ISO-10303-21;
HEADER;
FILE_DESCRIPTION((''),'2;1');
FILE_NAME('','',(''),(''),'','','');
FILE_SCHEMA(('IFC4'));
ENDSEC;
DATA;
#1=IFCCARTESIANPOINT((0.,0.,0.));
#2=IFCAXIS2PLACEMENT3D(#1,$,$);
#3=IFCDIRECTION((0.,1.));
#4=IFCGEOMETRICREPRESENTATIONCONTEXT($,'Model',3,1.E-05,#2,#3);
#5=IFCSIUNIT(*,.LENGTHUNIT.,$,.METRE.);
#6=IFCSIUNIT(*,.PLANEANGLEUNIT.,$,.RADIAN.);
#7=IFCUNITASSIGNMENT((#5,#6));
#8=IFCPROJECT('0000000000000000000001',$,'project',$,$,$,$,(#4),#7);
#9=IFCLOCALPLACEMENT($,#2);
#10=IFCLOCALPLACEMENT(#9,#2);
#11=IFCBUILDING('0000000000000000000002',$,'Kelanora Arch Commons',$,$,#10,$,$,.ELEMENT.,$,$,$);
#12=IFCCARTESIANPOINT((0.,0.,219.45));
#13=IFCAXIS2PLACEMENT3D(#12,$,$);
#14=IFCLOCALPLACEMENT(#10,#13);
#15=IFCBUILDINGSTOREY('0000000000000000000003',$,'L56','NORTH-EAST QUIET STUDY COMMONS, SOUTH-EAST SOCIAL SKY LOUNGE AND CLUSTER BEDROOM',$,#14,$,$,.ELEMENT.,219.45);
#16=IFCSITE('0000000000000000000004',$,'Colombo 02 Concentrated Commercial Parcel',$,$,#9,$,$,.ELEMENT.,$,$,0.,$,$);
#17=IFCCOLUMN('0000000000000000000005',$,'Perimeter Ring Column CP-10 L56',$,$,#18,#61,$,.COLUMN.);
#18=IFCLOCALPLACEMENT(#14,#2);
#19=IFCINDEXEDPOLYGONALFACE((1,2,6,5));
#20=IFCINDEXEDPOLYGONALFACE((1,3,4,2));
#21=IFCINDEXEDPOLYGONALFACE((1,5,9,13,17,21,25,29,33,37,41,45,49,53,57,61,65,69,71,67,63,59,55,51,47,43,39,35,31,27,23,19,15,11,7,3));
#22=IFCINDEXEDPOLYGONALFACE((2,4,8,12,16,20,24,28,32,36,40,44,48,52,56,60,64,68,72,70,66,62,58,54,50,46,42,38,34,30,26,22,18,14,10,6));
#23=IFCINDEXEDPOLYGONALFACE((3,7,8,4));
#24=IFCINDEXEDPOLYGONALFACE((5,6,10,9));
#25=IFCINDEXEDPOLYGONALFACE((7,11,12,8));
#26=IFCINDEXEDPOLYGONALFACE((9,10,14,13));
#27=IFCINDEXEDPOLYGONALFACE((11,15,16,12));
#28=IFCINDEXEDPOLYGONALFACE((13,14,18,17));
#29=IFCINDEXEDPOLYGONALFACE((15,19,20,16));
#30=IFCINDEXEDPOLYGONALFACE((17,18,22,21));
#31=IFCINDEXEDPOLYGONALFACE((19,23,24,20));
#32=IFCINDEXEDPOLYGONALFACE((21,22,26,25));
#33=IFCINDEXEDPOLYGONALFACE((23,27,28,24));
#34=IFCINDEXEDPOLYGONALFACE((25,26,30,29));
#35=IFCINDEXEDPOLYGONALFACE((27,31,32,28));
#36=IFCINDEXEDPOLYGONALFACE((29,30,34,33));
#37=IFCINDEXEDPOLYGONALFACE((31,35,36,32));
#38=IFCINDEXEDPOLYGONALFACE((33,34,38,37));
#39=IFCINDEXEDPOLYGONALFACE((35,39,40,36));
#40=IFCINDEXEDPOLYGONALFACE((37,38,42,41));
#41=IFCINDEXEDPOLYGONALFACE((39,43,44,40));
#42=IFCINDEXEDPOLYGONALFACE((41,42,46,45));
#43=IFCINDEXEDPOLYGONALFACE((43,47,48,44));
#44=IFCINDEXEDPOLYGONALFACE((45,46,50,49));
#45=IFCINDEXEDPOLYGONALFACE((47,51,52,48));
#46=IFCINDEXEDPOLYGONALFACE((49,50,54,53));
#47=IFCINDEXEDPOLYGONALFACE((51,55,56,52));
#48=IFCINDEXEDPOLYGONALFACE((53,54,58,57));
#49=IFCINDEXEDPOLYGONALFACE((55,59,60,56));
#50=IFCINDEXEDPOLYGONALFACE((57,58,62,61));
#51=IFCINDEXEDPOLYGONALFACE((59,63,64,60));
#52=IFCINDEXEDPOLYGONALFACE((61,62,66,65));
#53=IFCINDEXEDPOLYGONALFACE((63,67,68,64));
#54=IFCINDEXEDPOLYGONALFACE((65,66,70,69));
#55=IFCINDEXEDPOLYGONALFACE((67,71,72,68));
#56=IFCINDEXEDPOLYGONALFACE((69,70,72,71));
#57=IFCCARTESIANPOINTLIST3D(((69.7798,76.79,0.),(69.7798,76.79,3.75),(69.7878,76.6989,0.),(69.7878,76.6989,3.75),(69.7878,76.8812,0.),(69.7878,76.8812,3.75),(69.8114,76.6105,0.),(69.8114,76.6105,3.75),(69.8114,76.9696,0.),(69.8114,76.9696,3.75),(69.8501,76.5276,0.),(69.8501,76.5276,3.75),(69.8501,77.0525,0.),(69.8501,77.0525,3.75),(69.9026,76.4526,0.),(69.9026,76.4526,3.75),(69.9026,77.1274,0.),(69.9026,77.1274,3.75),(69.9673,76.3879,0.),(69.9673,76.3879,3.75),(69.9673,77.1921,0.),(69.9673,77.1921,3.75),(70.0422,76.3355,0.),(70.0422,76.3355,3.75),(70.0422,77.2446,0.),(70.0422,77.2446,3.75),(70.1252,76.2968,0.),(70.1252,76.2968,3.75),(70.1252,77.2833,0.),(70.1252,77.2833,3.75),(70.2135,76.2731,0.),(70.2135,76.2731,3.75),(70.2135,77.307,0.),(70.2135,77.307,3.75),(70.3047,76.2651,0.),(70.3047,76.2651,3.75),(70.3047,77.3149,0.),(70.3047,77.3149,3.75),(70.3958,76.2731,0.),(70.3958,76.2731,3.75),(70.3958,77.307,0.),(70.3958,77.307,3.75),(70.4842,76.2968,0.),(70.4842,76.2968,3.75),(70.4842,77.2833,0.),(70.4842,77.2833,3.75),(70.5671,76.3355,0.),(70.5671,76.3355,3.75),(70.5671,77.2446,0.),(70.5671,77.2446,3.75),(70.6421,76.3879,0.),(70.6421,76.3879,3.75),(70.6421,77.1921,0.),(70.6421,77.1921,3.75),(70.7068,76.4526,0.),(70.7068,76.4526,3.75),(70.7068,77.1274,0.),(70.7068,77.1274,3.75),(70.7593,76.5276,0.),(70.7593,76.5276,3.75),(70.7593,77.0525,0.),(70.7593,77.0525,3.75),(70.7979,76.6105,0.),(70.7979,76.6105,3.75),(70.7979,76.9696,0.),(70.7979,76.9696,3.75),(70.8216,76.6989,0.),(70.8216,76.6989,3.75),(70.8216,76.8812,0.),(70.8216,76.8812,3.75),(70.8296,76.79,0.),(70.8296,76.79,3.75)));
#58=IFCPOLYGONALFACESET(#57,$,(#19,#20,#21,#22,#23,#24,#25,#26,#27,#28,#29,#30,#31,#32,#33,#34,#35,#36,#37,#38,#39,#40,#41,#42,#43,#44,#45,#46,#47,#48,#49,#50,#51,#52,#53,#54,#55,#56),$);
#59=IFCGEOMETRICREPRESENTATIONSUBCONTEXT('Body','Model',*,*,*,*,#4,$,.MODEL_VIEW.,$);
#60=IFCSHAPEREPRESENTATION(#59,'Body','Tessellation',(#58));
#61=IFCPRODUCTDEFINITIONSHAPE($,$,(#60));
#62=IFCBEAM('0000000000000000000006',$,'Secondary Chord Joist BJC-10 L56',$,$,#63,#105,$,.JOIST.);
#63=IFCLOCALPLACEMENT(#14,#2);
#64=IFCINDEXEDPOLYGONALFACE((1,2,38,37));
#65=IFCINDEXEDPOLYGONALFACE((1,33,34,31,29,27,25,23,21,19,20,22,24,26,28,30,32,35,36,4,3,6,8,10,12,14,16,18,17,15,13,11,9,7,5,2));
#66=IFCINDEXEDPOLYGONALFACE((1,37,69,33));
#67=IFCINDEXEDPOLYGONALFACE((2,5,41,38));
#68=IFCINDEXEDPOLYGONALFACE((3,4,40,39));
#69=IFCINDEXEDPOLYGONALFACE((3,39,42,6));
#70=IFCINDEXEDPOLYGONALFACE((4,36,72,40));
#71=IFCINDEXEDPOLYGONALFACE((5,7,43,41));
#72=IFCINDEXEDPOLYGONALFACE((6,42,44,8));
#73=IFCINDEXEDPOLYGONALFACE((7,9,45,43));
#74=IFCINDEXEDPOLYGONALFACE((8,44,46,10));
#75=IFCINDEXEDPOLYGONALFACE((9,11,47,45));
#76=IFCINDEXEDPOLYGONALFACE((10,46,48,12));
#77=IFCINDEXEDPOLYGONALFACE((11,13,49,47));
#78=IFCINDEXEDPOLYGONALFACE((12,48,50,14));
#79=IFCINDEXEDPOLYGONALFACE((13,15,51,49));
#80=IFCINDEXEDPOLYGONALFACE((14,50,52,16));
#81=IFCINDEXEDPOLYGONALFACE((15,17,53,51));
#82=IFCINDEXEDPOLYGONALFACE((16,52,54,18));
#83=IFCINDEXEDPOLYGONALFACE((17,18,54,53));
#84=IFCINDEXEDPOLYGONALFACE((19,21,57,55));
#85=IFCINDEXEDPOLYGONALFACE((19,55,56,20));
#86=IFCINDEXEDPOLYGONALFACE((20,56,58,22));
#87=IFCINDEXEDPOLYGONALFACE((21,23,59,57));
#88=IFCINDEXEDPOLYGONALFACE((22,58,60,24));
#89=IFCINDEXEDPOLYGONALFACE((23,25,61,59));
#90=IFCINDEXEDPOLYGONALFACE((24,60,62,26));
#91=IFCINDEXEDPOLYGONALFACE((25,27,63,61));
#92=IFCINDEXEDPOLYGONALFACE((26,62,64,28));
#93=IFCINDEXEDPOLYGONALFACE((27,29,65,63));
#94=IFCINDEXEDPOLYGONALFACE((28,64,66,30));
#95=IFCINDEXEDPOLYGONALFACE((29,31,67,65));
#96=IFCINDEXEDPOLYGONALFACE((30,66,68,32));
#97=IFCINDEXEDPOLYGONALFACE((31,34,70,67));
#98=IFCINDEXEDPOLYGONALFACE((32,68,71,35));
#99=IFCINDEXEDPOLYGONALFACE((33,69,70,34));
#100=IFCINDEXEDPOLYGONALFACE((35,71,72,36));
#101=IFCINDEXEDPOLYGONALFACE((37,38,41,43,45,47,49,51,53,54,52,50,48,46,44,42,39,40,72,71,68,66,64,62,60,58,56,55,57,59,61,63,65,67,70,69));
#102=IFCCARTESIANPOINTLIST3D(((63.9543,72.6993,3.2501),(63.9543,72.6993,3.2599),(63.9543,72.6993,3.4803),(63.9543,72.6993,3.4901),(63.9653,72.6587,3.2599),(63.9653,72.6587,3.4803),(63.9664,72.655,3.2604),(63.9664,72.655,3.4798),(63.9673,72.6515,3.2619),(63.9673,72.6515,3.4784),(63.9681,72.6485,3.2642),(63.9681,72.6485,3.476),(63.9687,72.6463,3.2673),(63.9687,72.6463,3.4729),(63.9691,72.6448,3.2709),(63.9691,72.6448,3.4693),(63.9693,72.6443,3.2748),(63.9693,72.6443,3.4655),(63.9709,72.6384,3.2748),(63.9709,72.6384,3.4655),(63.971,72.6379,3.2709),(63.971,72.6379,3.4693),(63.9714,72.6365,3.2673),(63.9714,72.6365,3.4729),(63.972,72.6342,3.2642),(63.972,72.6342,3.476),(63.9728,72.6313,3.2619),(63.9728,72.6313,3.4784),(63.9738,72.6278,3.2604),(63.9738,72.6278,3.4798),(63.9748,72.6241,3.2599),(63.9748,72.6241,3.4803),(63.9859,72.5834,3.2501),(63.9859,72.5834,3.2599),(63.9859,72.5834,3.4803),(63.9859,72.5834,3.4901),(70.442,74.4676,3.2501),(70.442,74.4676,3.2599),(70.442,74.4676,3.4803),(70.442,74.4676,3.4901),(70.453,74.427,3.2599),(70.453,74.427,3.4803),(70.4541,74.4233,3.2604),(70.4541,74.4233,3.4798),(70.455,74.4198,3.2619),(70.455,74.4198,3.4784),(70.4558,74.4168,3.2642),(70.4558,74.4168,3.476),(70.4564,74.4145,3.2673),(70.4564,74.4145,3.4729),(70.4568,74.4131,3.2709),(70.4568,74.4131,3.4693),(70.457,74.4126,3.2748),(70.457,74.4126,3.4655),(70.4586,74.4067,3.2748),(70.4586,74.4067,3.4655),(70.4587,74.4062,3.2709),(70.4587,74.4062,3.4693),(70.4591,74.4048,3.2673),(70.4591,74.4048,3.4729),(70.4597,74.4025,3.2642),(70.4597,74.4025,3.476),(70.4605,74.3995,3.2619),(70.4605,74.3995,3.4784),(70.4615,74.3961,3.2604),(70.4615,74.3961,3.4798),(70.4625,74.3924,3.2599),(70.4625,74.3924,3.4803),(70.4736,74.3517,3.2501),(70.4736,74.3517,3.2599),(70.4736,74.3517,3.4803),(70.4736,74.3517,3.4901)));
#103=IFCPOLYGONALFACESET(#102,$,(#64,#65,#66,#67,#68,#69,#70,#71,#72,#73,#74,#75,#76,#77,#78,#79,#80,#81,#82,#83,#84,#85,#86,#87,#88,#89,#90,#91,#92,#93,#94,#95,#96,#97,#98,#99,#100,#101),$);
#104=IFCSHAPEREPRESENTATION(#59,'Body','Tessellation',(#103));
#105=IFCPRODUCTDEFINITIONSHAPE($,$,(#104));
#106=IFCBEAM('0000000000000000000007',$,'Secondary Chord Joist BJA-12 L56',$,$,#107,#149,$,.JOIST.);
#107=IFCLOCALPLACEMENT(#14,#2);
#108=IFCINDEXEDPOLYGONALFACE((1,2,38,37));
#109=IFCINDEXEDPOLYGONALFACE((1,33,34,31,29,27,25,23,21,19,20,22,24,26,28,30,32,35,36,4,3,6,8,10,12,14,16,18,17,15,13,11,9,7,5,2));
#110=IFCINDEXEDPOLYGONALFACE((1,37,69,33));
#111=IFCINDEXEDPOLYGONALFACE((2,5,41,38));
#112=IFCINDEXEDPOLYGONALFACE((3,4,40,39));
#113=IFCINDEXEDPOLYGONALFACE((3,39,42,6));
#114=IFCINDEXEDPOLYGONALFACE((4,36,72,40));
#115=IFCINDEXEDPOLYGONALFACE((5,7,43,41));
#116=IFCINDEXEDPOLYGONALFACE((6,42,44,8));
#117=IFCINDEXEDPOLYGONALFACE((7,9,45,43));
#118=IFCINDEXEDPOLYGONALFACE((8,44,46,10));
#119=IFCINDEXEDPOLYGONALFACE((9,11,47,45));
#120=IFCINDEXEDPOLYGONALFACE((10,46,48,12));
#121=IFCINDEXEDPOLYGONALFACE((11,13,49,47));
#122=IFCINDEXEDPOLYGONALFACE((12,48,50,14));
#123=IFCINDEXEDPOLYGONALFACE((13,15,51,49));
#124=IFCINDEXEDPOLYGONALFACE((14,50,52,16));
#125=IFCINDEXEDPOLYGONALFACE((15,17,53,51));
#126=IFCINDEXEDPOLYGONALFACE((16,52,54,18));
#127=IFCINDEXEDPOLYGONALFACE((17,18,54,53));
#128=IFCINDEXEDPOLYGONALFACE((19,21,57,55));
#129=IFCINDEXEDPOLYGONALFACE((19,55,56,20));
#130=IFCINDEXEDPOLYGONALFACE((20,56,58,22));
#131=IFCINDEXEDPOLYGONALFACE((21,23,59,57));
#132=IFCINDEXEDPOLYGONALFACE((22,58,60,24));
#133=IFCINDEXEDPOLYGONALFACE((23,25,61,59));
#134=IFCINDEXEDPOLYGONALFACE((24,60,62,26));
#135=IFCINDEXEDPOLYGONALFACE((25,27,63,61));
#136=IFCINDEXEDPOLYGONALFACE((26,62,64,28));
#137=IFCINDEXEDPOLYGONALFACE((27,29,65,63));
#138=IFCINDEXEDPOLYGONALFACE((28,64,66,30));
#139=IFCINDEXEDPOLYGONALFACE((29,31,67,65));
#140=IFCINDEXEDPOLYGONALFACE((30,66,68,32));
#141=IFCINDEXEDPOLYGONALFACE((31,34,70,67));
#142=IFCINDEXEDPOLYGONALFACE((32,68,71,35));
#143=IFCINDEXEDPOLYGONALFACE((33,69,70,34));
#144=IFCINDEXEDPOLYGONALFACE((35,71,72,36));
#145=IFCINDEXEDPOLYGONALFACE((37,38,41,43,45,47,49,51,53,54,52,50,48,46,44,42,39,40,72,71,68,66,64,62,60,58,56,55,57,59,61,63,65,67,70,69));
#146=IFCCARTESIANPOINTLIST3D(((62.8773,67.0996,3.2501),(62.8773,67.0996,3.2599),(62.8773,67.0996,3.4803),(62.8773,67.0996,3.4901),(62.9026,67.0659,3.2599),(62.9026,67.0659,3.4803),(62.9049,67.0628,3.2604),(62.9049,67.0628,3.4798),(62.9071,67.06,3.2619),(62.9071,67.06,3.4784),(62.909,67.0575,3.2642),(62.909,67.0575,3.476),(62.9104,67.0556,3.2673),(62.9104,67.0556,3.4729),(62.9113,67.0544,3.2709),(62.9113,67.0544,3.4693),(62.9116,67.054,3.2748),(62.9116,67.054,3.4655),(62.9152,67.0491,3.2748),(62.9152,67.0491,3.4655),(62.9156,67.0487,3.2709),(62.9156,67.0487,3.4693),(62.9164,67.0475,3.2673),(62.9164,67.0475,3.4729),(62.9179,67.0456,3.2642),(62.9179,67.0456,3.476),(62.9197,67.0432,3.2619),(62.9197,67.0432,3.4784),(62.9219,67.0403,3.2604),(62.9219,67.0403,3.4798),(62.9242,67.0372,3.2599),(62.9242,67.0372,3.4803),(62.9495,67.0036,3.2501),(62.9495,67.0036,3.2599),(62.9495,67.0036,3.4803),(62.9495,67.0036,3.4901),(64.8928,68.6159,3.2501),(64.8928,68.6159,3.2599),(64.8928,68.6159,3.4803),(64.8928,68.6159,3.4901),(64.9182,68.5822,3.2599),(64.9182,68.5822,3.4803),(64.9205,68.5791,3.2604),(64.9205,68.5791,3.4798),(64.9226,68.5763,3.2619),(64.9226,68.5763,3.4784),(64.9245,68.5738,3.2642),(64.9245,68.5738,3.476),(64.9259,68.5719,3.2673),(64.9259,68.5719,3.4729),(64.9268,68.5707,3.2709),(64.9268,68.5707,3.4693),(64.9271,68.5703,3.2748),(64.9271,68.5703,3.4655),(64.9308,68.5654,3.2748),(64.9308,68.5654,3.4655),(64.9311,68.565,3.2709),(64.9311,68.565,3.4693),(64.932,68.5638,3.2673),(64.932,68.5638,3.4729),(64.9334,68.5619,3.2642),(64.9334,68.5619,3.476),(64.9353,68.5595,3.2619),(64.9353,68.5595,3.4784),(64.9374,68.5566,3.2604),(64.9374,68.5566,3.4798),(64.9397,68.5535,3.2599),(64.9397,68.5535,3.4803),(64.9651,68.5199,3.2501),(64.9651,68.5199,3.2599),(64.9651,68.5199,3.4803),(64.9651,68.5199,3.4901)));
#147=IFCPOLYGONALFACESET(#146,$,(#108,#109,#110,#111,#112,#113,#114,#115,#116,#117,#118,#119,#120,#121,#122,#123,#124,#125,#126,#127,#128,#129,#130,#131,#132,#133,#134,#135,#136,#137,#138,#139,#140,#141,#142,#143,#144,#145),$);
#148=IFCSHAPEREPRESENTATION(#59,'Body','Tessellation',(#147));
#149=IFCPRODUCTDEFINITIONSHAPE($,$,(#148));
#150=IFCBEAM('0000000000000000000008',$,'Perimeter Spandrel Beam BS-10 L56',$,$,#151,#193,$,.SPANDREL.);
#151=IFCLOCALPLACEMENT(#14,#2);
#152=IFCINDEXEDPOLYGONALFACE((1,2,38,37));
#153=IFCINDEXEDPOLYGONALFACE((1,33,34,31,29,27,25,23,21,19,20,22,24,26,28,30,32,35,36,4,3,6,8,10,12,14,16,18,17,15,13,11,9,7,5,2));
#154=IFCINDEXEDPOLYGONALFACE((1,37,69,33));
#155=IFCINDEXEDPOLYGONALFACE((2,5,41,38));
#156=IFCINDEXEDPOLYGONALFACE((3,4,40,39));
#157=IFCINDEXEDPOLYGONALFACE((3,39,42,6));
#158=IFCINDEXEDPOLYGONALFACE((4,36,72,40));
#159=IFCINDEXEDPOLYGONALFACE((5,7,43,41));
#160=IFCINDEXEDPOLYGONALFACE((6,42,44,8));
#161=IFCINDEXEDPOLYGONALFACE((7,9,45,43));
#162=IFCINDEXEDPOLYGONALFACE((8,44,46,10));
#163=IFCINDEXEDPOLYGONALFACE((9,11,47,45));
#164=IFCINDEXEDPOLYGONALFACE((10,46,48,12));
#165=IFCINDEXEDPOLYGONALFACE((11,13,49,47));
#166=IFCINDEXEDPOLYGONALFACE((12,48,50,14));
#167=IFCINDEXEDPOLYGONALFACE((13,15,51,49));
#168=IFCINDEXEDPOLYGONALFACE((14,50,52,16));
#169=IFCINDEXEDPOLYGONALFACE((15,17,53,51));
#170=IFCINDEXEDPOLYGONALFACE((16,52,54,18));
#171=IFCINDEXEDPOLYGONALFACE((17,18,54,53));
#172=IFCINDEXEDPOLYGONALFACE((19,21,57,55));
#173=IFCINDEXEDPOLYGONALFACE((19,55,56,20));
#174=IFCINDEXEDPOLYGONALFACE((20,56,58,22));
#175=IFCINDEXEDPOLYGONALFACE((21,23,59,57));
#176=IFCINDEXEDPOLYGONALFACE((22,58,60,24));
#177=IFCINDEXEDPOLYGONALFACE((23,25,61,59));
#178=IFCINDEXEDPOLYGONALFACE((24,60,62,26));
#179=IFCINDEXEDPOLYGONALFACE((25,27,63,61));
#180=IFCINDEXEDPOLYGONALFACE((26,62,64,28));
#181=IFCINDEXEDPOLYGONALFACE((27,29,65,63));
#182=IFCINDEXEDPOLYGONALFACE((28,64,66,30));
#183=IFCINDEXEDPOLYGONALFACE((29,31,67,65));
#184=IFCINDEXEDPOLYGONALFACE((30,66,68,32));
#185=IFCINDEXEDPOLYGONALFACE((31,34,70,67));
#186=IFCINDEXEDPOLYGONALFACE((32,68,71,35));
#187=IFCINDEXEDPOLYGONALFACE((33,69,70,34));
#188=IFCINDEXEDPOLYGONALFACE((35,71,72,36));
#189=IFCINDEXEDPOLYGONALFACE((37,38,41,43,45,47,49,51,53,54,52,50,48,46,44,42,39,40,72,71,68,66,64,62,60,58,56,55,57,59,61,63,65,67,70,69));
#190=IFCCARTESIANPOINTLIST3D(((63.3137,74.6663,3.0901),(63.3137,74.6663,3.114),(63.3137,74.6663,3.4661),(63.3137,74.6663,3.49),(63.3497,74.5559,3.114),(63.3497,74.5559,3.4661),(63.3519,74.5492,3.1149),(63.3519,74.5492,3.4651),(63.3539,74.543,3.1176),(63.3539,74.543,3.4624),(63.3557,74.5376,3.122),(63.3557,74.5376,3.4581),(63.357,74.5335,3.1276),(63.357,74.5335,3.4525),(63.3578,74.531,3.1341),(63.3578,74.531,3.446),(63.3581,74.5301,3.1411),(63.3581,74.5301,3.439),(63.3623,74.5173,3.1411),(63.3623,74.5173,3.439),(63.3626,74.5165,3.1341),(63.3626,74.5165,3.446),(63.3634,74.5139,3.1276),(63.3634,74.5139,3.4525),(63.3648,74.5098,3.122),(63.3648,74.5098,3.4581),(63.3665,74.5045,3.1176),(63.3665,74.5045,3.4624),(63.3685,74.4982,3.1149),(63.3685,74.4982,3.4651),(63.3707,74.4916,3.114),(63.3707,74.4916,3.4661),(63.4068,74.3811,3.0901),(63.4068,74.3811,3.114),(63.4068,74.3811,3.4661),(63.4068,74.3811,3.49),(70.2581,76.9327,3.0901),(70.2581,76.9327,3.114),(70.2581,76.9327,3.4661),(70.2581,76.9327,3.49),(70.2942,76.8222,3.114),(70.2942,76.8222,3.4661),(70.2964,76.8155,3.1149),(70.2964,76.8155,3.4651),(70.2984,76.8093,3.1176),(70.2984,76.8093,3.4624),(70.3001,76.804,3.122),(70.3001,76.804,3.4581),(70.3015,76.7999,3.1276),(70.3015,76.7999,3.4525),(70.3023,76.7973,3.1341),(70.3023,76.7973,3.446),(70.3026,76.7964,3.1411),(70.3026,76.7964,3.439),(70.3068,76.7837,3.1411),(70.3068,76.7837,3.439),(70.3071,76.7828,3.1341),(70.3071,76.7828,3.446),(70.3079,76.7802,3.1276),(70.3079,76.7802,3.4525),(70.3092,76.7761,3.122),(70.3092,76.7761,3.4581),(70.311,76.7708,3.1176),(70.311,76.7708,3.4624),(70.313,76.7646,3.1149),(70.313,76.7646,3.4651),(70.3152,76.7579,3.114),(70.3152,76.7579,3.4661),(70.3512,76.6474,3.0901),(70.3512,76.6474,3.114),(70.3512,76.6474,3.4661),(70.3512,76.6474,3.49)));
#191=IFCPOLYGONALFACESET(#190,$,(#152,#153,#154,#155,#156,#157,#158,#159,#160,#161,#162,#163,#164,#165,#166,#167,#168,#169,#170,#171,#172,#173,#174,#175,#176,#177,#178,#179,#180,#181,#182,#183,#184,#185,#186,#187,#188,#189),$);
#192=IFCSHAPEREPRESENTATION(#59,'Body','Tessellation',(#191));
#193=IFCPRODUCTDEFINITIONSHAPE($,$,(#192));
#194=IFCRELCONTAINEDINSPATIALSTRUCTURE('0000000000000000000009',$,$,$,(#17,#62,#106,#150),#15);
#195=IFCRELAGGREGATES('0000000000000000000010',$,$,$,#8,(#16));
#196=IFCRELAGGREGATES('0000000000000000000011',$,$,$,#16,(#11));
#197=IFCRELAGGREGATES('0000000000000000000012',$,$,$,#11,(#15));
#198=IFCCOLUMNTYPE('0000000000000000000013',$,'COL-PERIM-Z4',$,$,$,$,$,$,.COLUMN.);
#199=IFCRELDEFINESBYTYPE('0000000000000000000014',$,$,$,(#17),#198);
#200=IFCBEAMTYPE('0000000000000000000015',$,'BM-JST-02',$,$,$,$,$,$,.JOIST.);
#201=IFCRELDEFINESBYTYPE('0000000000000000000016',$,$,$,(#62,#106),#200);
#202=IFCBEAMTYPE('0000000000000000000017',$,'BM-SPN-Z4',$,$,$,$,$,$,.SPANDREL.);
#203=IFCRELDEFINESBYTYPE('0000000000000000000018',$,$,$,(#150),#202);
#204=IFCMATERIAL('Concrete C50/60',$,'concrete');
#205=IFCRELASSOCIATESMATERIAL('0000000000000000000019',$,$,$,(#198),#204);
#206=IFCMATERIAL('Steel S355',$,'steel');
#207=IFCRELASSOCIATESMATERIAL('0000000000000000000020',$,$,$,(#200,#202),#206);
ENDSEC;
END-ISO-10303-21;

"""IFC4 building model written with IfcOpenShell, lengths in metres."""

from ifc_helpers import new_model, si_unit, direction, frame, origin, origin_2d, place, context, subcontext, project, spatial, circle, i_section, extrude, material, material_profile, profile_set, type_object, element, save


model = new_model("IFC4")

# Units and contexts
model_context = context("Model", 3, precision=1e-05, world=origin(), true_north=direction((0.0, 1.0)))
body_context = subcontext(model_context, "Body", "Model", "MODEL_VIEW")
ifc_project = project(units=[si_unit("LENGTHUNIT", "METRE"), si_unit("PLANEANGLEUNIT", "RADIAN")], contexts=[model_context])

# Site, building, storey
site_placement = place(None, origin())
site = spatial("IfcSite", under=ifc_project, at=site_placement, Name="Colombo 02 Concentrated Commercial Parcel", CompositionType="ELEMENT", RefElevation=0.0)
building_placement = place(site_placement, origin())
building = spatial("IfcBuilding", under=site, at=building_placement, Name="Kelanora Arch Commons", CompositionType="ELEMENT")
storey_placement = place(building_placement, frame((0.0, 0.0, 219.45)))
storey = spatial("IfcBuildingStorey", under=building, at=storey_placement, Name="L56", Description="NORTH-EAST QUIET STUDY COMMONS, SOUTH-EAST SOCIAL SKY LOUNGE AND CLUSTER BEDROOM", CompositionType="ELEMENT", Elevation=219.45)

# Column
ifc_material_1 = material(Name="Concrete C50/60", Category="concrete")
ifc_material_profile_1 = material_profile(ifc_material_1, circle(Radius=0.5249, at=origin_2d()), Name="RCC1050")
ifc_profile_set_1 = profile_set([ifc_material_profile_1], Name="Concrete C50/60")
column_type = type_object("IfcColumnType", Name="COL-PERIM-Z4", PredefinedType="COLUMN", material=ifc_profile_set_1)
column_placement = place(storey_placement, frame((70.3047, 76.79, 0.0), z_axis=(0.0, 0.0, 1.0), x_axis=(1.0, 0.0, 0.0)))
element("IfcColumn", 1, at=column_placement, inside=storey, type_object=column_type, Name="Perimeter Ring Column CP-10 L56", PredefinedType="COLUMN", context=body_context, shape_type="SweptSolid", body=[
    extrude(circle(Radius=0.5249, at=origin_2d()), origin(), (0.0, 0.0, 1.0), 3.75),
])

# Beams
ifc_material_2 = material(Name="Steel S355", Category="steel")
ifc_material_profile_2 = material_profile(ifc_material_2, i_section(OverallWidth=0.1201, OverallDepth=0.24, WebThickness=0.0061, FlangeThickness=0.0098, FilletRadius=0.0149, at=origin_2d()), Name="IPE240")
ifc_profile_set_2 = profile_set([ifc_material_profile_2], Name="Steel S355")
beam_type_1 = type_object("IfcBeamType", Name="BM-JST-02", PredefinedType="JOIST", material=ifc_profile_set_2)
beam_1_placement = place(storey_placement, frame((70.4578, 74.4097, 3.3701), z_axis=(-0.964805, -0.262967, 0.0), x_axis=(0.262967, -0.964805, 0.0)))
element("IfcBeam", 2, at=beam_1_placement, inside=storey, type_object=beam_type_1, Name="Secondary Chord Joist BJC-10 L56", PredefinedType="JOIST", context=body_context, shape_type="SweptSolid", body=[
    extrude(i_section(OverallWidth=0.1201, OverallDepth=0.24, WebThickness=0.0061, FlangeThickness=0.0098, FilletRadius=0.0149, at=origin_2d()), origin(), (0.0, 0.0, 1.0), 6.7244),
])
beam_2_placement = place(storey_placement, frame((64.929, 68.5679, 3.3701), z_axis=(-0.799116, -0.601176, 0.0), x_axis=(0.601176, -0.799116, 0.0)))
element("IfcBeam", 3, at=beam_2_placement, inside=storey, type_object=beam_type_1, Name="Secondary Chord Joist BJA-12 L56", PredefinedType="JOIST", context=body_context, shape_type="SweptSolid", body=[
    extrude(i_section(OverallWidth=0.1201, OverallDepth=0.24, WebThickness=0.0061, FlangeThickness=0.0098, FilletRadius=0.0149, at=origin_2d()), origin(), (0.0, 0.0, 1.0), 2.5222),
])
ifc_material_profile_3 = material_profile(ifc_material_2, i_section(OverallWidth=0.3, OverallDepth=0.3999, WebThickness=0.0134, FlangeThickness=0.0239, FilletRadius=0.0271, at=origin_2d()), Name="HEB400")
ifc_profile_set_3 = profile_set([ifc_material_profile_3], Name="Steel S355")
beam_type_2 = type_object("IfcBeamType", Name="BM-SPN-Z4", PredefinedType="SPANDREL", material=ifc_profile_set_3)
beam_3_placement = place(storey_placement, frame((70.3047, 76.79, 3.29), z_axis=(-0.950656, -0.310246, 0.0), x_axis=(0.310246, -0.950656, 0.0)))
element("IfcBeam", 4, at=beam_3_placement, inside=storey, type_object=beam_type_2, Name="Perimeter Spandrel Beam BS-10 L56", PredefinedType="SPANDREL", context=body_context, shape_type="SweptSolid", body=[
    extrude(i_section(OverallWidth=0.3, OverallDepth=0.3999, WebThickness=0.0134, FlangeThickness=0.0239, FilletRadius=0.0271, at=origin_2d()), origin(), (0.0, 0.0, 1.0), 7.3049),
])

save(model, "model.ifc")
